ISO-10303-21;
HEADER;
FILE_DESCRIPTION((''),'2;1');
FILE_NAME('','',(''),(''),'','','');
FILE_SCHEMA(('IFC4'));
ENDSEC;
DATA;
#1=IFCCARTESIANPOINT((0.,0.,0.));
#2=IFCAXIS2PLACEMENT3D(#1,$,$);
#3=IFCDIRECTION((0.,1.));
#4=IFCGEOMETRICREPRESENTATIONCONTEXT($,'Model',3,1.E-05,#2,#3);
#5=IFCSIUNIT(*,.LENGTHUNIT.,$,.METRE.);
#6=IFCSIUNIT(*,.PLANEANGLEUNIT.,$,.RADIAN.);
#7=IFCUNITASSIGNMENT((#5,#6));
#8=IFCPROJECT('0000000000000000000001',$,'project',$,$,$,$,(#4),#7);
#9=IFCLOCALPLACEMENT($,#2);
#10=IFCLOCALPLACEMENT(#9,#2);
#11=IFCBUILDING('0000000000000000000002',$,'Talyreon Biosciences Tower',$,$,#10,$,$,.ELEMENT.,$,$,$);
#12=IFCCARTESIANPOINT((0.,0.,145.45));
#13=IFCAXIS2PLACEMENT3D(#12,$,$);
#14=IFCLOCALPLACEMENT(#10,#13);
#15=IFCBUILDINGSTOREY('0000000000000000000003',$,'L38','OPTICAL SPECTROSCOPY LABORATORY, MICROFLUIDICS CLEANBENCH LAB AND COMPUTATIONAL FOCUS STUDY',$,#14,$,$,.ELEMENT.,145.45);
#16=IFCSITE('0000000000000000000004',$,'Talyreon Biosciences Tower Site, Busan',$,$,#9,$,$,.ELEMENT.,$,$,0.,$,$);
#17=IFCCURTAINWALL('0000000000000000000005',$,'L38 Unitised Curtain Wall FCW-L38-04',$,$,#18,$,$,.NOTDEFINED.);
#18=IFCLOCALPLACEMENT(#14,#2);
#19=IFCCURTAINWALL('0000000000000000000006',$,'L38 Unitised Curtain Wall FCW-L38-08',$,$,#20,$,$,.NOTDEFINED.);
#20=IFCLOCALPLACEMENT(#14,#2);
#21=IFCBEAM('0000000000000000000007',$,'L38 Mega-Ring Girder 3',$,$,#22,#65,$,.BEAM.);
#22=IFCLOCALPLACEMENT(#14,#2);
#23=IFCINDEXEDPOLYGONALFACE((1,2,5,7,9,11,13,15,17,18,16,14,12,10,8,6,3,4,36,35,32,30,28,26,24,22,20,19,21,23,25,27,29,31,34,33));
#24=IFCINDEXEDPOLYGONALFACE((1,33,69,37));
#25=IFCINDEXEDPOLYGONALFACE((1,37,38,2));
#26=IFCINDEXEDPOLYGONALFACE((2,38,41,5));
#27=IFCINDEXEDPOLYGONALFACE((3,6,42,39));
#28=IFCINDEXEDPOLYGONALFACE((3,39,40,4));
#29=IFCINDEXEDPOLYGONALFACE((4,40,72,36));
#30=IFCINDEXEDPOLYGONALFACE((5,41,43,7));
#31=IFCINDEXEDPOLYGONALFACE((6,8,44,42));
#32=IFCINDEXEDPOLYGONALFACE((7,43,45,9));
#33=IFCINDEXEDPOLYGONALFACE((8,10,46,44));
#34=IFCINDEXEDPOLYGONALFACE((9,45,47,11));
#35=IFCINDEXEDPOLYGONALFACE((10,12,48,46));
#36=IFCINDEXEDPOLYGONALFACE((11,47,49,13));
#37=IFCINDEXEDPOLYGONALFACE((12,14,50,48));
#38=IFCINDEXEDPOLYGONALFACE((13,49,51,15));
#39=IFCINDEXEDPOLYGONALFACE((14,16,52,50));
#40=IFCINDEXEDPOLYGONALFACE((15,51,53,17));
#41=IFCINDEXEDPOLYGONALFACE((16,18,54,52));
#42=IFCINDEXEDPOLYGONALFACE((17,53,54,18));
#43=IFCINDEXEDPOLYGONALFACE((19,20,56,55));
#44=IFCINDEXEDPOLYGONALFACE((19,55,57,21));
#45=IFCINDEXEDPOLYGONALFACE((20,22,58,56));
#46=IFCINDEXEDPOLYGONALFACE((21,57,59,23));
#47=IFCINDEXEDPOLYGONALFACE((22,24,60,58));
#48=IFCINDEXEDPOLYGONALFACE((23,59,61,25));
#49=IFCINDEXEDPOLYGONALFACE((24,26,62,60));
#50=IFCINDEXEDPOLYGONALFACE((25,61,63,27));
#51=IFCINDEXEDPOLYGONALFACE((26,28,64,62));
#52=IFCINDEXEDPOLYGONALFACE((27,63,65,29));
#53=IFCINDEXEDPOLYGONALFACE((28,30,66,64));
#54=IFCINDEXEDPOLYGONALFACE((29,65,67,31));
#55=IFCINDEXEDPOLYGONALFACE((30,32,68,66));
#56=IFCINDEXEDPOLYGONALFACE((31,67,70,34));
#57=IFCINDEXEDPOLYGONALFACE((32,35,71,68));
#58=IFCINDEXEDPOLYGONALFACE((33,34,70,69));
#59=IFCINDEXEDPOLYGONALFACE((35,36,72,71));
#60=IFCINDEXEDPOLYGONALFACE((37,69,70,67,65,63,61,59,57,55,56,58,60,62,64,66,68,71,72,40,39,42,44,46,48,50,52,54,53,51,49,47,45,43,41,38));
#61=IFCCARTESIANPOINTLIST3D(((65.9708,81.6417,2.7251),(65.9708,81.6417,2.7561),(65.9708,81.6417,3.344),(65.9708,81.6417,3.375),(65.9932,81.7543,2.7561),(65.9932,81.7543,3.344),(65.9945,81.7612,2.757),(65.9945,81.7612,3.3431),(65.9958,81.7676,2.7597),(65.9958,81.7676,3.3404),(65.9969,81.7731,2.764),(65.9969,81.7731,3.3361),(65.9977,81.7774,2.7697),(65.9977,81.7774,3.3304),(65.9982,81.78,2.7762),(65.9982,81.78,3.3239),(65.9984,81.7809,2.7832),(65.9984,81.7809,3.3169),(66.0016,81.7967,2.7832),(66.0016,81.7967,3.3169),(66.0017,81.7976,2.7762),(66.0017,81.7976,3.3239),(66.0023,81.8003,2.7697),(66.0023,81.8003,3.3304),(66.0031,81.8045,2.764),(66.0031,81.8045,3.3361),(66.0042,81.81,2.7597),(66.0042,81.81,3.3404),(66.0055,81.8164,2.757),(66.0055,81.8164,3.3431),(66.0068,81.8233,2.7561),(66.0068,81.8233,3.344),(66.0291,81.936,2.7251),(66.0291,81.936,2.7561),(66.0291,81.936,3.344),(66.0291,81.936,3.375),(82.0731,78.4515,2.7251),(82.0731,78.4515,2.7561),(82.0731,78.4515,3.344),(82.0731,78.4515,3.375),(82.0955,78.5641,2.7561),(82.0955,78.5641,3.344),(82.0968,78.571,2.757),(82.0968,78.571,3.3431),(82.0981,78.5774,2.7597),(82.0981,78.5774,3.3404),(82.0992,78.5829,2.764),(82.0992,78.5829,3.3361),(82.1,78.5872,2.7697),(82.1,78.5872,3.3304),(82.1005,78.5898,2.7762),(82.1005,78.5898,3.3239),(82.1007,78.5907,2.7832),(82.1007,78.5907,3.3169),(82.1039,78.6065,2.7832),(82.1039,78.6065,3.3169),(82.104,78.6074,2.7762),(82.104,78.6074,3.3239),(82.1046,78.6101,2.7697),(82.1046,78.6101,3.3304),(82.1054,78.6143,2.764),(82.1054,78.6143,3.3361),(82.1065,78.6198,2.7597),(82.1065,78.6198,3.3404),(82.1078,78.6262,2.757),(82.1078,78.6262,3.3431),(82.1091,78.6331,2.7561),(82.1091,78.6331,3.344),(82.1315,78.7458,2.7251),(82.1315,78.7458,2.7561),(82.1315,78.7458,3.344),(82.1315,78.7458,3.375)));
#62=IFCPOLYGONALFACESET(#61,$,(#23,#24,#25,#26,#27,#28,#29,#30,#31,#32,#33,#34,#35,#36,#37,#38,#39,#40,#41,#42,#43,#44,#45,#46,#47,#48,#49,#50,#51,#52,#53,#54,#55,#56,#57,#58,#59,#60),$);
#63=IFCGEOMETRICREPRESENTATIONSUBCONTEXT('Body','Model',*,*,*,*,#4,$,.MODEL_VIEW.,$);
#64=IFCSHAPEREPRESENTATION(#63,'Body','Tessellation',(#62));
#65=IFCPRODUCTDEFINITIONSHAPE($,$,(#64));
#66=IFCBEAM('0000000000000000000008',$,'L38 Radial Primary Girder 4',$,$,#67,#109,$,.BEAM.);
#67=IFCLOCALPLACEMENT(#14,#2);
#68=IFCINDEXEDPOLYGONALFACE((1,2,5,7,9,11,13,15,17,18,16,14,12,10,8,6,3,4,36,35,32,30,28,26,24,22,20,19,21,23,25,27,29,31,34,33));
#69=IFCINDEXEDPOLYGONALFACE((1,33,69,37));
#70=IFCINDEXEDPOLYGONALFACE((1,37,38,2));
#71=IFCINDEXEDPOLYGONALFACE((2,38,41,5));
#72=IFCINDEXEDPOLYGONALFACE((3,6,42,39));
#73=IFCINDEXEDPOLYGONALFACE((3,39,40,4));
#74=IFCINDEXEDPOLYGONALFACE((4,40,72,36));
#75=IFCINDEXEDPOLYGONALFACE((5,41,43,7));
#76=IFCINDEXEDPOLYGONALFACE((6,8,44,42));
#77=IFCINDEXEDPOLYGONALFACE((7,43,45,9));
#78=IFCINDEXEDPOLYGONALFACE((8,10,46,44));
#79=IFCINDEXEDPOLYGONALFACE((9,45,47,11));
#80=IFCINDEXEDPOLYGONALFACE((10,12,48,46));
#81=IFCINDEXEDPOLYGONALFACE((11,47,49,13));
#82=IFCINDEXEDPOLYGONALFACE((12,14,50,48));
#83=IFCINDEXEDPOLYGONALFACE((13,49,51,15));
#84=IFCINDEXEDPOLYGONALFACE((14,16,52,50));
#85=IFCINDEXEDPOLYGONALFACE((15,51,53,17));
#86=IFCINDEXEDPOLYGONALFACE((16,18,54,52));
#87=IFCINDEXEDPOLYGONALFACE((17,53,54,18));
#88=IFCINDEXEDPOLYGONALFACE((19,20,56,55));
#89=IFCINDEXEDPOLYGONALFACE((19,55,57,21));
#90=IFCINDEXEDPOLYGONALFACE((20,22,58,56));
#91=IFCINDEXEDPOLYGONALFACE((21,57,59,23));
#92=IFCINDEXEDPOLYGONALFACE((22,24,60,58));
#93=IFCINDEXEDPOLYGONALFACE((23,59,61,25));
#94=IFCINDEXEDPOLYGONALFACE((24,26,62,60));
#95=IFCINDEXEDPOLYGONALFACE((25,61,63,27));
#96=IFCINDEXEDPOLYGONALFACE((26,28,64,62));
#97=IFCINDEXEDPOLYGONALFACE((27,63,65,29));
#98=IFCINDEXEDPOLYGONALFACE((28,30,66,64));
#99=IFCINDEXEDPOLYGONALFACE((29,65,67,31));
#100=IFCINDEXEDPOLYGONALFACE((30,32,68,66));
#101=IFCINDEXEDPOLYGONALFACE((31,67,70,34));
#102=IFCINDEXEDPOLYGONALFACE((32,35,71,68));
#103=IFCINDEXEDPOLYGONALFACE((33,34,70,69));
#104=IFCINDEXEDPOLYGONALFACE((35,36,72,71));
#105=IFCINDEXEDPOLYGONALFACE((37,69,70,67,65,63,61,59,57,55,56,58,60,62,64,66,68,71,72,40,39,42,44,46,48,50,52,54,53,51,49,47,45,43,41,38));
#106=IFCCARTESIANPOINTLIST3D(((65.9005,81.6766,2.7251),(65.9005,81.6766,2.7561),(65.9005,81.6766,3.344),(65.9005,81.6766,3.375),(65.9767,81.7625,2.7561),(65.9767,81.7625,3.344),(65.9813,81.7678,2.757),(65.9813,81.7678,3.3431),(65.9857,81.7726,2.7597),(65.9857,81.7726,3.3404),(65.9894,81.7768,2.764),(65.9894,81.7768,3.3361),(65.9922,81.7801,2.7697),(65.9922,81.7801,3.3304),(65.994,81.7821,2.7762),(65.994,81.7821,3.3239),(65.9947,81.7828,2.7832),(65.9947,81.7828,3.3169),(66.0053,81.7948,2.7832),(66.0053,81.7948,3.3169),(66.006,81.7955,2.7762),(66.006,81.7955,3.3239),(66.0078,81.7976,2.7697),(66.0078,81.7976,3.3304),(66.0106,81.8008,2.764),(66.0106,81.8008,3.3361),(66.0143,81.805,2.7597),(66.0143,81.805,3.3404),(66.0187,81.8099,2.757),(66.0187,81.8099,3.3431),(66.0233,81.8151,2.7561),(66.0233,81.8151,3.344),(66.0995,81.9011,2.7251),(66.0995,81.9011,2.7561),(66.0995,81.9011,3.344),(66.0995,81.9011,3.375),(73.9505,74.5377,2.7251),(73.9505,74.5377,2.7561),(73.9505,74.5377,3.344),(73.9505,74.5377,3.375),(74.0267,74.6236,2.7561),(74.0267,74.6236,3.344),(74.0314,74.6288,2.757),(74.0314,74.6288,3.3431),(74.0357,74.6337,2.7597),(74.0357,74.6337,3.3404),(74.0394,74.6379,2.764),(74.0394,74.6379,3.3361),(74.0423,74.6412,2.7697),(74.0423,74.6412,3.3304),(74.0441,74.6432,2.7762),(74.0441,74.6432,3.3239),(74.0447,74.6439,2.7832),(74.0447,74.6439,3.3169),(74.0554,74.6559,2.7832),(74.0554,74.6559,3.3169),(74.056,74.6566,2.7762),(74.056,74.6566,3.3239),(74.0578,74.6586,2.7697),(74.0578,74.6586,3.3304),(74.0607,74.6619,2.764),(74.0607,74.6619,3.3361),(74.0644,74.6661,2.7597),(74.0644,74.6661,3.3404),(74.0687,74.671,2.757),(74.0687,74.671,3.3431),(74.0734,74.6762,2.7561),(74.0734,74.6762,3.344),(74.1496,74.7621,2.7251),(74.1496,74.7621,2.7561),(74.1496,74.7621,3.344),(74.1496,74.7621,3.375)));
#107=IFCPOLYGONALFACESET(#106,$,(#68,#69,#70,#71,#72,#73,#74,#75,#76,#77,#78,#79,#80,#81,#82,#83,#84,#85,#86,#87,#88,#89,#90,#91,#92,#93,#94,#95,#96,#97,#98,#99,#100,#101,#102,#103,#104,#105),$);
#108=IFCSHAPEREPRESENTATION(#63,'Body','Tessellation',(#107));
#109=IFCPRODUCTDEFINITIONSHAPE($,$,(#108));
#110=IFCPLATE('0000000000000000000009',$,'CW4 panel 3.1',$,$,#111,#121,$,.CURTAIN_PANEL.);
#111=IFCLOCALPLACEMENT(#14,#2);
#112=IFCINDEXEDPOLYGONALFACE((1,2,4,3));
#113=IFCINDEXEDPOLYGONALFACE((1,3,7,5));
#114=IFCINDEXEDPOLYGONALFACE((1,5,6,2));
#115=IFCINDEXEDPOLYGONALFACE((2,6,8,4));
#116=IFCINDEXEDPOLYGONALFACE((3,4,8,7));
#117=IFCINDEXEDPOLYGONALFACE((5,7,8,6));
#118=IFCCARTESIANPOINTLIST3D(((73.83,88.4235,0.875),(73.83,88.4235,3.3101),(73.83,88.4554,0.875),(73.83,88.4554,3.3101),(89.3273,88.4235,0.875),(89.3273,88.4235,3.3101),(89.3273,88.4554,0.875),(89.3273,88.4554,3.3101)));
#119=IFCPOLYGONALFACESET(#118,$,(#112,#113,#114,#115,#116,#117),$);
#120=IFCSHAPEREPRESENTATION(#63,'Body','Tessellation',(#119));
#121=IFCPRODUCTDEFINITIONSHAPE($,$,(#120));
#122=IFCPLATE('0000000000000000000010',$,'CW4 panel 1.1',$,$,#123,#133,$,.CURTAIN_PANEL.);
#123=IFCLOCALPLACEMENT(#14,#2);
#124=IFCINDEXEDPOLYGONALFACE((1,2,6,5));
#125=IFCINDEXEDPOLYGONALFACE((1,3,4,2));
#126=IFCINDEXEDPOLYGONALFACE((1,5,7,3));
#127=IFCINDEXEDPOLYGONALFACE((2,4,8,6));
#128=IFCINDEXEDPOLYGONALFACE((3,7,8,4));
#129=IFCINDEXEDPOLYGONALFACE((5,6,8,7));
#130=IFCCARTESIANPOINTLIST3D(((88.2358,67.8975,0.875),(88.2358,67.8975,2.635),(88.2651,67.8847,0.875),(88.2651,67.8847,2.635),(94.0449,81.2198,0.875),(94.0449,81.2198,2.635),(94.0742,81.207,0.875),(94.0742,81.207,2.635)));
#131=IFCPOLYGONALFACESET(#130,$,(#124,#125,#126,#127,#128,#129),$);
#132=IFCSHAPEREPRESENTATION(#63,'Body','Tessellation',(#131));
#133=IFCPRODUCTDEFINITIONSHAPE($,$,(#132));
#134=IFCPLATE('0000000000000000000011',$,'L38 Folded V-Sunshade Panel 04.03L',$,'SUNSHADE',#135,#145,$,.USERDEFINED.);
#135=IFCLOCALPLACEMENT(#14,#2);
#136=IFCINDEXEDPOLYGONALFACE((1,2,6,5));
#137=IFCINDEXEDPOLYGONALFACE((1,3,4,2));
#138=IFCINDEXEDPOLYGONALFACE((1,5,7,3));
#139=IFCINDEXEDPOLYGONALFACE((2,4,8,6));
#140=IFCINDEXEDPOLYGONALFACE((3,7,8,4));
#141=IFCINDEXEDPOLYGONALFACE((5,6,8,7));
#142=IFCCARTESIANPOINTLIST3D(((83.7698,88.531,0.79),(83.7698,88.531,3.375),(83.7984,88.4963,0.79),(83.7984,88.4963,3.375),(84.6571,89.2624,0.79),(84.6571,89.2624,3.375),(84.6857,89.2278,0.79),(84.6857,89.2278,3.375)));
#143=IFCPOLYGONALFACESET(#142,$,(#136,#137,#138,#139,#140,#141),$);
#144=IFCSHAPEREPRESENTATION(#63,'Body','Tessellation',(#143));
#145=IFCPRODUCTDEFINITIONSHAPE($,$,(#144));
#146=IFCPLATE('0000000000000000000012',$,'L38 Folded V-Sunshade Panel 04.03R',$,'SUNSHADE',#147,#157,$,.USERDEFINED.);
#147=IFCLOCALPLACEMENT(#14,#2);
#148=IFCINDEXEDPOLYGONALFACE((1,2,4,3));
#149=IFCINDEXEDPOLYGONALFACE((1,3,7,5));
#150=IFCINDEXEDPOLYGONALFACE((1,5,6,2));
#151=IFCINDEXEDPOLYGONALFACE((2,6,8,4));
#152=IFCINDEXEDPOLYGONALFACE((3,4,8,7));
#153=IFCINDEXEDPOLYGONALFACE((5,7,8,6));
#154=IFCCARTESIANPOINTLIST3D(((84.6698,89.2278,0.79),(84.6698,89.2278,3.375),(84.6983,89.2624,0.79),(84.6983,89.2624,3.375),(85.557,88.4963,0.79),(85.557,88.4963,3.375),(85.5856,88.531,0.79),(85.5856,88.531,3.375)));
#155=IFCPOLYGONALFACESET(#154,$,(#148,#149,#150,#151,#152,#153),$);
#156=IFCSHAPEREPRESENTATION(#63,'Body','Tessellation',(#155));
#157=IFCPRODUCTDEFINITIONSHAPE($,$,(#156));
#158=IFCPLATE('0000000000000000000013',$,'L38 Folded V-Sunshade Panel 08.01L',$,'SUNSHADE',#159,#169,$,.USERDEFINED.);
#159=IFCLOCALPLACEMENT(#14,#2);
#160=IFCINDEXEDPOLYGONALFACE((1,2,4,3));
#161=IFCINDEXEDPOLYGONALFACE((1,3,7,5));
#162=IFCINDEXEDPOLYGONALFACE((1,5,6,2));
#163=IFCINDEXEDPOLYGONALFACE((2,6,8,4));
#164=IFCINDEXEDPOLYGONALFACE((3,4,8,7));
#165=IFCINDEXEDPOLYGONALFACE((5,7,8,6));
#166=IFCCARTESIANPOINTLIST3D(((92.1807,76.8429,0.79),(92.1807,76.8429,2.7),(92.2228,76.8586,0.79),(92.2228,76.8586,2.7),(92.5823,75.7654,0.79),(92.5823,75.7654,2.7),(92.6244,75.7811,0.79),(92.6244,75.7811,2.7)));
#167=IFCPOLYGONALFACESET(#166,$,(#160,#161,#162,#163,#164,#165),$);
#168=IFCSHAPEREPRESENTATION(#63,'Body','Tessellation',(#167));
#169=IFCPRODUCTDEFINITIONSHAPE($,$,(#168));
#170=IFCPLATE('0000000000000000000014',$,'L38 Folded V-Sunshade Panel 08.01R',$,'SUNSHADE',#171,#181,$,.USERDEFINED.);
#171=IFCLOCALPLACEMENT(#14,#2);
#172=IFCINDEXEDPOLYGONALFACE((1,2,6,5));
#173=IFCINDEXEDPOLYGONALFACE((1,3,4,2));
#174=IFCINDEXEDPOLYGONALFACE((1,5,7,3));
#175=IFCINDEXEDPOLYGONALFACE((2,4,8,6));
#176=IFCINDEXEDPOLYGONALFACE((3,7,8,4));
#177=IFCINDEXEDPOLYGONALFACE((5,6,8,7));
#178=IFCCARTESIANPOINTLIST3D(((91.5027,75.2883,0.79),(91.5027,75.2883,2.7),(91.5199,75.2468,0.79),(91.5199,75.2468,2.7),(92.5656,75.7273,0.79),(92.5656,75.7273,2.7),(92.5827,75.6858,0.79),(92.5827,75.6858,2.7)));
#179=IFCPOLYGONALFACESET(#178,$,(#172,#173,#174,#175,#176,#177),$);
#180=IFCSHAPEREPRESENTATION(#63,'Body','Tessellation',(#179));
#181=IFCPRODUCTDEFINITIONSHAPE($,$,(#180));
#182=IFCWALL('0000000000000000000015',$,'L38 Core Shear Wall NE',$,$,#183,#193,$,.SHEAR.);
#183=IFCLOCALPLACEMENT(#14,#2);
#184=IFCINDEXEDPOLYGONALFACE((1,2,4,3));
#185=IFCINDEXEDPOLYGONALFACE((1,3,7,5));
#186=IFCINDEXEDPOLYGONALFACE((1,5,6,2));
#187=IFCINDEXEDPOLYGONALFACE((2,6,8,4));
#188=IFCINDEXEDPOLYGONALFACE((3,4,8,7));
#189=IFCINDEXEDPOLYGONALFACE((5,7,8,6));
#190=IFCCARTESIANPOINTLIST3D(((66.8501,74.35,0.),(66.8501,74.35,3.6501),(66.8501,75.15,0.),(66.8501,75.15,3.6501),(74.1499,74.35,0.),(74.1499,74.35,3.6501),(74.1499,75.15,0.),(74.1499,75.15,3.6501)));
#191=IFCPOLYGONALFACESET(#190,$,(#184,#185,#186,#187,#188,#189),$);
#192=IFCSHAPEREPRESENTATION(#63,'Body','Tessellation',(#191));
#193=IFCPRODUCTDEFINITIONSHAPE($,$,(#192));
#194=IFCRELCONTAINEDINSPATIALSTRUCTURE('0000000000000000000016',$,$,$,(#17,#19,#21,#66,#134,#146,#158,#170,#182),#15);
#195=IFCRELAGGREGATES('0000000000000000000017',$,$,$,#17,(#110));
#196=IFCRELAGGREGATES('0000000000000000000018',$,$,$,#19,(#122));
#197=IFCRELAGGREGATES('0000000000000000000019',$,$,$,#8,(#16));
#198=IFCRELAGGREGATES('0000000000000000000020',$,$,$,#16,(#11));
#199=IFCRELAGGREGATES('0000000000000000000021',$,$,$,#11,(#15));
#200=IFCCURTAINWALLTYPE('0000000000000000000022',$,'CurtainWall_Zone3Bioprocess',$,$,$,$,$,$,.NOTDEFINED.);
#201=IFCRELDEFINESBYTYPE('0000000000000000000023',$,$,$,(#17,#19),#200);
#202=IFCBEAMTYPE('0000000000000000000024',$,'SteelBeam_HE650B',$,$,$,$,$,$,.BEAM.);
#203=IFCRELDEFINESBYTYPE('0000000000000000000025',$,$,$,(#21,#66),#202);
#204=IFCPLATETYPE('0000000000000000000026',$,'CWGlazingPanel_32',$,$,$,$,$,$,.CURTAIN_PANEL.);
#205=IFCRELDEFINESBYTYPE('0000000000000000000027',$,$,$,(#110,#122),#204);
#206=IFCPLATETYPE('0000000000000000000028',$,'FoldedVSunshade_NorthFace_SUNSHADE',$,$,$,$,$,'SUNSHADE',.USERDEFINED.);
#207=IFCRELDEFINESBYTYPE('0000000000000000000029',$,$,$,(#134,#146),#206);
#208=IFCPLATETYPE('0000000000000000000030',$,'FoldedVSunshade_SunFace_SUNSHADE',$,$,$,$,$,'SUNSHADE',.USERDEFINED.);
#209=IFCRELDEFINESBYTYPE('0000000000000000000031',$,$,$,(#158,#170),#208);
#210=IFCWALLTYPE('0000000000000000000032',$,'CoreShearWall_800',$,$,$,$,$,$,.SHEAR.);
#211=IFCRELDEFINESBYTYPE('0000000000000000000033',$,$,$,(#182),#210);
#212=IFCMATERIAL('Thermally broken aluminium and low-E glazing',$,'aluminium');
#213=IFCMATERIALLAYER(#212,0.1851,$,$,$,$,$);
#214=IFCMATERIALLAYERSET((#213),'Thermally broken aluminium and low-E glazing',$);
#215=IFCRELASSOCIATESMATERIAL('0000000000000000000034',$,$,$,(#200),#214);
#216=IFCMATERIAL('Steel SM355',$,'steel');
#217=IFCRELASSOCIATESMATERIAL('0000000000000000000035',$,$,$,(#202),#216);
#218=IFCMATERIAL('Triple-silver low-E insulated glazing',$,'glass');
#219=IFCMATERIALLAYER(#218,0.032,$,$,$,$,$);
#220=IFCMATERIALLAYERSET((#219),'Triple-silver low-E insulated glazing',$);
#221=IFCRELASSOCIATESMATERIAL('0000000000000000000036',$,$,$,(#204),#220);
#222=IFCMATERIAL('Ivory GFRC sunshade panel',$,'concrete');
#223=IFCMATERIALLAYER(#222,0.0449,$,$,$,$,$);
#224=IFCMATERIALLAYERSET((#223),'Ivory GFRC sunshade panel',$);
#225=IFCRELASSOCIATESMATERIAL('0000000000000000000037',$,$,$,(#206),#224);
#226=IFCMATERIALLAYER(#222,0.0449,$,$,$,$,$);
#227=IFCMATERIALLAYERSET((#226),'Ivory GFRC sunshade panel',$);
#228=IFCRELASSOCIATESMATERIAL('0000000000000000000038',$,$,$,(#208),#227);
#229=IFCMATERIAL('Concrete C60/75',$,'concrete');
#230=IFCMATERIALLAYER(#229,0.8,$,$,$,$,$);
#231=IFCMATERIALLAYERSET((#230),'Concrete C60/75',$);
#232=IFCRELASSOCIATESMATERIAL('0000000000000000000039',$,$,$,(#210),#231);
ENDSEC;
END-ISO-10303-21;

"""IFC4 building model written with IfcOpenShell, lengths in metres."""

from ifc_helpers import new_model, si_unit, direction, frame, frame_2d, origin, origin_2d, place, context, subcontext, project, spatial, rectangle, i_section, extrude, material, layer, layer_set, material_profile, profile_set, type_object, element, aggregate, save


model = new_model("IFC4")

# Units and contexts
model_context = context("Model", 3, precision=1e-05, world=origin(), true_north=direction((0.0, 1.0)))
body_context = subcontext(model_context, "Body", "Model", "MODEL_VIEW")
ifc_project = project(units=[si_unit("LENGTHUNIT", "METRE"), si_unit("PLANEANGLEUNIT", "RADIAN")], contexts=[model_context])

# Site, building, storey
site_placement = place(None, origin())
site = spatial("IfcSite", under=ifc_project, at=site_placement, Name="Talyreon Biosciences Tower Site, Busan", CompositionType="ELEMENT", RefElevation=0.0)
building_placement = place(site_placement, origin())
building = spatial("IfcBuilding", under=site, at=building_placement, Name="Talyreon Biosciences Tower", CompositionType="ELEMENT")
storey_placement = place(building_placement, frame((0.0, 0.0, 145.45)))
storey = spatial("IfcBuildingStorey", under=building, at=storey_placement, Name="L38", Description="OPTICAL SPECTROSCOPY LABORATORY, MICROFLUIDICS CLEANBENCH LAB AND COMPUTATIONAL FOCUS STUDY", CompositionType="ELEMENT", Elevation=145.45)

# Shared definitions
ifc_material_1 = material(Name="Concrete C60/75", Category="concrete")

# Curtain wall
ifc_material_2 = material(Name="Thermally broken aluminium and low-E glazing", Category="aluminium")
ifc_layer_1 = layer(ifc_material_2, 0.1851)
ifc_layer_set_1 = layer_set([ifc_layer_1], Name="Thermally broken aluminium and low-E glazing")
curtain_wall_type = type_object("IfcCurtainWallType", Name="CurtainWall_Zone3Bioprocess", PredefinedType="NOTDEFINED", material=ifc_layer_set_1)
curtain_wall_1_placement = place(storey_placement, origin())
curtain_wall_1 = element("IfcCurtainWall", 1, at=curtain_wall_1_placement, inside=storey, type_object=curtain_wall_type, Name="L38 Unitised Curtain Wall FCW-L38-04", PredefinedType="NOTDEFINED")

# Curtain wall
curtain_wall_2_placement = place(storey_placement, origin())
curtain_wall_2 = element("IfcCurtainWall", 2, at=curtain_wall_2_placement, inside=storey, type_object=curtain_wall_type, Name="L38 Unitised Curtain Wall FCW-L38-08", PredefinedType="NOTDEFINED")

# Beams
ifc_material_3 = material(Name="Steel SM355", Category="steel")
ifc_material_profile_1 = material_profile(ifc_material_3, i_section(OverallWidth=0.3, OverallDepth=0.6499, WebThickness=0.0161, FlangeThickness=0.031, FilletRadius=0.0271, at=origin_2d()), Name="HE650B")
ifc_profile_set_1 = profile_set([ifc_material_profile_1], Name="Steel SM355")
beam_type_1 = type_object("IfcBeamType", Name="SteelBeam_HE650B", PredefinedType="BEAM", material=ifc_profile_set_1)
beam_1_placement = place(storey_placement, frame((82.1023, 78.5986, 3.05), z_axis=(-0.980934, 0.194343, 0.0), x_axis=(-0.194343, -0.980934, 0.0)))
element("IfcBeam", 3, at=beam_1_placement, inside=storey, type_object=beam_type_1, Name="L38 Mega-Ring Girder 3", PredefinedType="BEAM", context=body_context, shape_type="SweptSolid", body=[
    extrude(i_section(OverallWidth=0.3, OverallDepth=0.6499, WebThickness=0.0161, FlangeThickness=0.031, FilletRadius=0.0271, at=origin_2d()), origin(), (0.0, 0.0, 1.0), 16.4153),
])
beam_2_placement = place(storey_placement, frame((74.05, 74.6499, 3.05), z_axis=(-0.748179, 0.663497, 0.0), x_axis=(-0.663497, -0.748179, 0.0)))
element("IfcBeam", 4, at=beam_2_placement, inside=storey, type_object=beam_type_1, Name="L38 Radial Primary Girder 4", PredefinedType="BEAM", context=body_context, shape_type="SweptSolid", body=[
    extrude(i_section(OverallWidth=0.3, OverallDepth=0.6499, WebThickness=0.0161, FlangeThickness=0.031, FilletRadius=0.0271, at=origin_2d()), origin(), (0.0, 0.0, 1.0), 10.7595),
])

# Plates
ifc_material_4 = material(Name="Triple-silver low-E insulated glazing", Category="glass")
ifc_layer_2 = layer(ifc_material_4, 0.032)
ifc_layer_set_2 = layer_set([ifc_layer_2], Name="Triple-silver low-E insulated glazing")
plate_type_1 = type_object("IfcPlateType", Name="CWGlazingPanel_32", PredefinedType="CURTAIN_PANEL", material=ifc_layer_set_2)
plate_1_placement = place(storey_placement, frame((81.5786, 88.4395, 0.875), z_axis=(0.0, 0.0, 1.0), x_axis=(1.0, 0.0, 0.0)))
plate_1 = element("IfcPlate", 5, at=plate_1_placement, type_object=plate_type_1, Name="CW4 panel 3.1", PredefinedType="CURTAIN_PANEL", context=body_context, shape_type="SweptSolid", body=[
    extrude(rectangle(XDim=15.4973, YDim=0.032, at=origin_2d()), origin(), (0.0, 0.0, 1.0), 2.4351),
])
aggregate(curtain_wall_1, [plate_1])
plate_2_placement = place(storey_placement, frame((91.155, 74.5522, 0.875), z_axis=(0.0, 0.0, 1.0), x_axis=(-0.399698, -0.916647, 0.0)))
plate_2 = element("IfcPlate", 6, at=plate_2_placement, type_object=plate_type_1, Name="CW4 panel 1.1", PredefinedType="CURTAIN_PANEL", context=body_context, shape_type="SweptSolid", body=[
    extrude(rectangle(XDim=14.5337, YDim=0.032, at=origin_2d()), origin(), (0.0, 0.0, 1.0), 1.76),
])
aggregate(curtain_wall_2, [plate_2])

# Plates
ifc_material_5 = material(Name="Ivory GFRC sunshade panel", Category="concrete")
ifc_layer_3 = layer(ifc_material_5, 0.0449)
ifc_layer_set_3 = layer_set([ifc_layer_3], Name="Ivory GFRC sunshade panel")
plate_type_2 = type_object("IfcPlateType", Name="FoldedVSunshade_NorthFace_SUNSHADE", ElementType="SUNSHADE", PredefinedType="USERDEFINED", material=ifc_layer_set_3)
for number, where, z_axis, x_axis, name in (
    (7, (84.2278, 88.8794, 0.79), (0.0, 0.0, 1.0), (0.771625, 0.636078, 0.0), "L38 Folded V-Sunshade Panel 04.03L"),
    (8, (85.1277, 88.8794, 0.79), (0.0, 0.0, 1.0), (0.771625, -0.636078, 0.0), "L38 Folded V-Sunshade Panel 04.03R"),
):
    element("IfcPlate", number, at=place(storey_placement, frame(where, z_axis=z_axis, x_axis=x_axis)), inside=storey, type_object=plate_type_2, Name=name, ObjectType="SUNSHADE", PredefinedType="USERDEFINED", context=body_context, shape_type="SweptSolid", body=[
        extrude(rectangle(XDim=1.1499, YDim=0.0449, at=origin_2d()), origin(), (0.0, 0.0, 1.0), 2.585),
    ])
ifc_layer_4 = layer(ifc_material_5, 0.0449)
ifc_layer_set_4 = layer_set([ifc_layer_4], Name="Ivory GFRC sunshade panel")
plate_type_3 = type_object("IfcPlateType", Name="FoldedVSunshade_SunFace_SUNSHADE", ElementType="SUNSHADE", PredefinedType="USERDEFINED", material=ifc_layer_set_4)
for number, where, z_axis, x_axis, name in (
    (9, (92.4026, 76.312, 0.79), (0.0, 0.0, 1.0), (0.349243, -0.937032, 0.0), "L38 Folded V-Sunshade Panel 08.01L"),
    (10, (92.0427, 75.4871, 0.79), (0.0, 0.0, 1.0), (-0.924273, -0.381732, 0.0), "L38 Folded V-Sunshade Panel 08.01R"),
):
    element("IfcPlate", number, at=place(storey_placement, frame(where, z_axis=z_axis, x_axis=x_axis)), inside=storey, type_object=plate_type_3, Name=name, ObjectType="SUNSHADE", PredefinedType="USERDEFINED", context=body_context, shape_type="SweptSolid", body=[
        extrude(rectangle(XDim=1.1499, YDim=0.0449, at=origin_2d()), origin(), (0.0, 0.0, 1.0), 1.9099),
    ])

# Wall
ifc_layer_5 = layer(ifc_material_1, 0.8)
ifc_layer_set_5 = layer_set([ifc_layer_5], Name="Concrete C60/75")
wall_type_1 = type_object("IfcWallType", Name="CoreShearWall_800", PredefinedType="SHEAR", material=ifc_layer_set_5)
wall_1_placement = place(storey_placement, frame((74.1499, 74.75, 0.0), z_axis=(0.0, 0.0, 1.0), x_axis=(-1.0, 0.0, 0.0)))
element("IfcWall", 11, at=wall_1_placement, inside=storey, type_object=wall_type_1, Name="L38 Core Shear Wall NE", PredefinedType="SHEAR", context=body_context, shape_type="SweptSolid", body=[
    extrude(rectangle(XDim=7.2998, YDim=0.8, at=frame_2d((3.6499, 0.0))), origin(), (0.0, 0.0, 1.0), 3.6501),
])

save(model, "model.ifc")
